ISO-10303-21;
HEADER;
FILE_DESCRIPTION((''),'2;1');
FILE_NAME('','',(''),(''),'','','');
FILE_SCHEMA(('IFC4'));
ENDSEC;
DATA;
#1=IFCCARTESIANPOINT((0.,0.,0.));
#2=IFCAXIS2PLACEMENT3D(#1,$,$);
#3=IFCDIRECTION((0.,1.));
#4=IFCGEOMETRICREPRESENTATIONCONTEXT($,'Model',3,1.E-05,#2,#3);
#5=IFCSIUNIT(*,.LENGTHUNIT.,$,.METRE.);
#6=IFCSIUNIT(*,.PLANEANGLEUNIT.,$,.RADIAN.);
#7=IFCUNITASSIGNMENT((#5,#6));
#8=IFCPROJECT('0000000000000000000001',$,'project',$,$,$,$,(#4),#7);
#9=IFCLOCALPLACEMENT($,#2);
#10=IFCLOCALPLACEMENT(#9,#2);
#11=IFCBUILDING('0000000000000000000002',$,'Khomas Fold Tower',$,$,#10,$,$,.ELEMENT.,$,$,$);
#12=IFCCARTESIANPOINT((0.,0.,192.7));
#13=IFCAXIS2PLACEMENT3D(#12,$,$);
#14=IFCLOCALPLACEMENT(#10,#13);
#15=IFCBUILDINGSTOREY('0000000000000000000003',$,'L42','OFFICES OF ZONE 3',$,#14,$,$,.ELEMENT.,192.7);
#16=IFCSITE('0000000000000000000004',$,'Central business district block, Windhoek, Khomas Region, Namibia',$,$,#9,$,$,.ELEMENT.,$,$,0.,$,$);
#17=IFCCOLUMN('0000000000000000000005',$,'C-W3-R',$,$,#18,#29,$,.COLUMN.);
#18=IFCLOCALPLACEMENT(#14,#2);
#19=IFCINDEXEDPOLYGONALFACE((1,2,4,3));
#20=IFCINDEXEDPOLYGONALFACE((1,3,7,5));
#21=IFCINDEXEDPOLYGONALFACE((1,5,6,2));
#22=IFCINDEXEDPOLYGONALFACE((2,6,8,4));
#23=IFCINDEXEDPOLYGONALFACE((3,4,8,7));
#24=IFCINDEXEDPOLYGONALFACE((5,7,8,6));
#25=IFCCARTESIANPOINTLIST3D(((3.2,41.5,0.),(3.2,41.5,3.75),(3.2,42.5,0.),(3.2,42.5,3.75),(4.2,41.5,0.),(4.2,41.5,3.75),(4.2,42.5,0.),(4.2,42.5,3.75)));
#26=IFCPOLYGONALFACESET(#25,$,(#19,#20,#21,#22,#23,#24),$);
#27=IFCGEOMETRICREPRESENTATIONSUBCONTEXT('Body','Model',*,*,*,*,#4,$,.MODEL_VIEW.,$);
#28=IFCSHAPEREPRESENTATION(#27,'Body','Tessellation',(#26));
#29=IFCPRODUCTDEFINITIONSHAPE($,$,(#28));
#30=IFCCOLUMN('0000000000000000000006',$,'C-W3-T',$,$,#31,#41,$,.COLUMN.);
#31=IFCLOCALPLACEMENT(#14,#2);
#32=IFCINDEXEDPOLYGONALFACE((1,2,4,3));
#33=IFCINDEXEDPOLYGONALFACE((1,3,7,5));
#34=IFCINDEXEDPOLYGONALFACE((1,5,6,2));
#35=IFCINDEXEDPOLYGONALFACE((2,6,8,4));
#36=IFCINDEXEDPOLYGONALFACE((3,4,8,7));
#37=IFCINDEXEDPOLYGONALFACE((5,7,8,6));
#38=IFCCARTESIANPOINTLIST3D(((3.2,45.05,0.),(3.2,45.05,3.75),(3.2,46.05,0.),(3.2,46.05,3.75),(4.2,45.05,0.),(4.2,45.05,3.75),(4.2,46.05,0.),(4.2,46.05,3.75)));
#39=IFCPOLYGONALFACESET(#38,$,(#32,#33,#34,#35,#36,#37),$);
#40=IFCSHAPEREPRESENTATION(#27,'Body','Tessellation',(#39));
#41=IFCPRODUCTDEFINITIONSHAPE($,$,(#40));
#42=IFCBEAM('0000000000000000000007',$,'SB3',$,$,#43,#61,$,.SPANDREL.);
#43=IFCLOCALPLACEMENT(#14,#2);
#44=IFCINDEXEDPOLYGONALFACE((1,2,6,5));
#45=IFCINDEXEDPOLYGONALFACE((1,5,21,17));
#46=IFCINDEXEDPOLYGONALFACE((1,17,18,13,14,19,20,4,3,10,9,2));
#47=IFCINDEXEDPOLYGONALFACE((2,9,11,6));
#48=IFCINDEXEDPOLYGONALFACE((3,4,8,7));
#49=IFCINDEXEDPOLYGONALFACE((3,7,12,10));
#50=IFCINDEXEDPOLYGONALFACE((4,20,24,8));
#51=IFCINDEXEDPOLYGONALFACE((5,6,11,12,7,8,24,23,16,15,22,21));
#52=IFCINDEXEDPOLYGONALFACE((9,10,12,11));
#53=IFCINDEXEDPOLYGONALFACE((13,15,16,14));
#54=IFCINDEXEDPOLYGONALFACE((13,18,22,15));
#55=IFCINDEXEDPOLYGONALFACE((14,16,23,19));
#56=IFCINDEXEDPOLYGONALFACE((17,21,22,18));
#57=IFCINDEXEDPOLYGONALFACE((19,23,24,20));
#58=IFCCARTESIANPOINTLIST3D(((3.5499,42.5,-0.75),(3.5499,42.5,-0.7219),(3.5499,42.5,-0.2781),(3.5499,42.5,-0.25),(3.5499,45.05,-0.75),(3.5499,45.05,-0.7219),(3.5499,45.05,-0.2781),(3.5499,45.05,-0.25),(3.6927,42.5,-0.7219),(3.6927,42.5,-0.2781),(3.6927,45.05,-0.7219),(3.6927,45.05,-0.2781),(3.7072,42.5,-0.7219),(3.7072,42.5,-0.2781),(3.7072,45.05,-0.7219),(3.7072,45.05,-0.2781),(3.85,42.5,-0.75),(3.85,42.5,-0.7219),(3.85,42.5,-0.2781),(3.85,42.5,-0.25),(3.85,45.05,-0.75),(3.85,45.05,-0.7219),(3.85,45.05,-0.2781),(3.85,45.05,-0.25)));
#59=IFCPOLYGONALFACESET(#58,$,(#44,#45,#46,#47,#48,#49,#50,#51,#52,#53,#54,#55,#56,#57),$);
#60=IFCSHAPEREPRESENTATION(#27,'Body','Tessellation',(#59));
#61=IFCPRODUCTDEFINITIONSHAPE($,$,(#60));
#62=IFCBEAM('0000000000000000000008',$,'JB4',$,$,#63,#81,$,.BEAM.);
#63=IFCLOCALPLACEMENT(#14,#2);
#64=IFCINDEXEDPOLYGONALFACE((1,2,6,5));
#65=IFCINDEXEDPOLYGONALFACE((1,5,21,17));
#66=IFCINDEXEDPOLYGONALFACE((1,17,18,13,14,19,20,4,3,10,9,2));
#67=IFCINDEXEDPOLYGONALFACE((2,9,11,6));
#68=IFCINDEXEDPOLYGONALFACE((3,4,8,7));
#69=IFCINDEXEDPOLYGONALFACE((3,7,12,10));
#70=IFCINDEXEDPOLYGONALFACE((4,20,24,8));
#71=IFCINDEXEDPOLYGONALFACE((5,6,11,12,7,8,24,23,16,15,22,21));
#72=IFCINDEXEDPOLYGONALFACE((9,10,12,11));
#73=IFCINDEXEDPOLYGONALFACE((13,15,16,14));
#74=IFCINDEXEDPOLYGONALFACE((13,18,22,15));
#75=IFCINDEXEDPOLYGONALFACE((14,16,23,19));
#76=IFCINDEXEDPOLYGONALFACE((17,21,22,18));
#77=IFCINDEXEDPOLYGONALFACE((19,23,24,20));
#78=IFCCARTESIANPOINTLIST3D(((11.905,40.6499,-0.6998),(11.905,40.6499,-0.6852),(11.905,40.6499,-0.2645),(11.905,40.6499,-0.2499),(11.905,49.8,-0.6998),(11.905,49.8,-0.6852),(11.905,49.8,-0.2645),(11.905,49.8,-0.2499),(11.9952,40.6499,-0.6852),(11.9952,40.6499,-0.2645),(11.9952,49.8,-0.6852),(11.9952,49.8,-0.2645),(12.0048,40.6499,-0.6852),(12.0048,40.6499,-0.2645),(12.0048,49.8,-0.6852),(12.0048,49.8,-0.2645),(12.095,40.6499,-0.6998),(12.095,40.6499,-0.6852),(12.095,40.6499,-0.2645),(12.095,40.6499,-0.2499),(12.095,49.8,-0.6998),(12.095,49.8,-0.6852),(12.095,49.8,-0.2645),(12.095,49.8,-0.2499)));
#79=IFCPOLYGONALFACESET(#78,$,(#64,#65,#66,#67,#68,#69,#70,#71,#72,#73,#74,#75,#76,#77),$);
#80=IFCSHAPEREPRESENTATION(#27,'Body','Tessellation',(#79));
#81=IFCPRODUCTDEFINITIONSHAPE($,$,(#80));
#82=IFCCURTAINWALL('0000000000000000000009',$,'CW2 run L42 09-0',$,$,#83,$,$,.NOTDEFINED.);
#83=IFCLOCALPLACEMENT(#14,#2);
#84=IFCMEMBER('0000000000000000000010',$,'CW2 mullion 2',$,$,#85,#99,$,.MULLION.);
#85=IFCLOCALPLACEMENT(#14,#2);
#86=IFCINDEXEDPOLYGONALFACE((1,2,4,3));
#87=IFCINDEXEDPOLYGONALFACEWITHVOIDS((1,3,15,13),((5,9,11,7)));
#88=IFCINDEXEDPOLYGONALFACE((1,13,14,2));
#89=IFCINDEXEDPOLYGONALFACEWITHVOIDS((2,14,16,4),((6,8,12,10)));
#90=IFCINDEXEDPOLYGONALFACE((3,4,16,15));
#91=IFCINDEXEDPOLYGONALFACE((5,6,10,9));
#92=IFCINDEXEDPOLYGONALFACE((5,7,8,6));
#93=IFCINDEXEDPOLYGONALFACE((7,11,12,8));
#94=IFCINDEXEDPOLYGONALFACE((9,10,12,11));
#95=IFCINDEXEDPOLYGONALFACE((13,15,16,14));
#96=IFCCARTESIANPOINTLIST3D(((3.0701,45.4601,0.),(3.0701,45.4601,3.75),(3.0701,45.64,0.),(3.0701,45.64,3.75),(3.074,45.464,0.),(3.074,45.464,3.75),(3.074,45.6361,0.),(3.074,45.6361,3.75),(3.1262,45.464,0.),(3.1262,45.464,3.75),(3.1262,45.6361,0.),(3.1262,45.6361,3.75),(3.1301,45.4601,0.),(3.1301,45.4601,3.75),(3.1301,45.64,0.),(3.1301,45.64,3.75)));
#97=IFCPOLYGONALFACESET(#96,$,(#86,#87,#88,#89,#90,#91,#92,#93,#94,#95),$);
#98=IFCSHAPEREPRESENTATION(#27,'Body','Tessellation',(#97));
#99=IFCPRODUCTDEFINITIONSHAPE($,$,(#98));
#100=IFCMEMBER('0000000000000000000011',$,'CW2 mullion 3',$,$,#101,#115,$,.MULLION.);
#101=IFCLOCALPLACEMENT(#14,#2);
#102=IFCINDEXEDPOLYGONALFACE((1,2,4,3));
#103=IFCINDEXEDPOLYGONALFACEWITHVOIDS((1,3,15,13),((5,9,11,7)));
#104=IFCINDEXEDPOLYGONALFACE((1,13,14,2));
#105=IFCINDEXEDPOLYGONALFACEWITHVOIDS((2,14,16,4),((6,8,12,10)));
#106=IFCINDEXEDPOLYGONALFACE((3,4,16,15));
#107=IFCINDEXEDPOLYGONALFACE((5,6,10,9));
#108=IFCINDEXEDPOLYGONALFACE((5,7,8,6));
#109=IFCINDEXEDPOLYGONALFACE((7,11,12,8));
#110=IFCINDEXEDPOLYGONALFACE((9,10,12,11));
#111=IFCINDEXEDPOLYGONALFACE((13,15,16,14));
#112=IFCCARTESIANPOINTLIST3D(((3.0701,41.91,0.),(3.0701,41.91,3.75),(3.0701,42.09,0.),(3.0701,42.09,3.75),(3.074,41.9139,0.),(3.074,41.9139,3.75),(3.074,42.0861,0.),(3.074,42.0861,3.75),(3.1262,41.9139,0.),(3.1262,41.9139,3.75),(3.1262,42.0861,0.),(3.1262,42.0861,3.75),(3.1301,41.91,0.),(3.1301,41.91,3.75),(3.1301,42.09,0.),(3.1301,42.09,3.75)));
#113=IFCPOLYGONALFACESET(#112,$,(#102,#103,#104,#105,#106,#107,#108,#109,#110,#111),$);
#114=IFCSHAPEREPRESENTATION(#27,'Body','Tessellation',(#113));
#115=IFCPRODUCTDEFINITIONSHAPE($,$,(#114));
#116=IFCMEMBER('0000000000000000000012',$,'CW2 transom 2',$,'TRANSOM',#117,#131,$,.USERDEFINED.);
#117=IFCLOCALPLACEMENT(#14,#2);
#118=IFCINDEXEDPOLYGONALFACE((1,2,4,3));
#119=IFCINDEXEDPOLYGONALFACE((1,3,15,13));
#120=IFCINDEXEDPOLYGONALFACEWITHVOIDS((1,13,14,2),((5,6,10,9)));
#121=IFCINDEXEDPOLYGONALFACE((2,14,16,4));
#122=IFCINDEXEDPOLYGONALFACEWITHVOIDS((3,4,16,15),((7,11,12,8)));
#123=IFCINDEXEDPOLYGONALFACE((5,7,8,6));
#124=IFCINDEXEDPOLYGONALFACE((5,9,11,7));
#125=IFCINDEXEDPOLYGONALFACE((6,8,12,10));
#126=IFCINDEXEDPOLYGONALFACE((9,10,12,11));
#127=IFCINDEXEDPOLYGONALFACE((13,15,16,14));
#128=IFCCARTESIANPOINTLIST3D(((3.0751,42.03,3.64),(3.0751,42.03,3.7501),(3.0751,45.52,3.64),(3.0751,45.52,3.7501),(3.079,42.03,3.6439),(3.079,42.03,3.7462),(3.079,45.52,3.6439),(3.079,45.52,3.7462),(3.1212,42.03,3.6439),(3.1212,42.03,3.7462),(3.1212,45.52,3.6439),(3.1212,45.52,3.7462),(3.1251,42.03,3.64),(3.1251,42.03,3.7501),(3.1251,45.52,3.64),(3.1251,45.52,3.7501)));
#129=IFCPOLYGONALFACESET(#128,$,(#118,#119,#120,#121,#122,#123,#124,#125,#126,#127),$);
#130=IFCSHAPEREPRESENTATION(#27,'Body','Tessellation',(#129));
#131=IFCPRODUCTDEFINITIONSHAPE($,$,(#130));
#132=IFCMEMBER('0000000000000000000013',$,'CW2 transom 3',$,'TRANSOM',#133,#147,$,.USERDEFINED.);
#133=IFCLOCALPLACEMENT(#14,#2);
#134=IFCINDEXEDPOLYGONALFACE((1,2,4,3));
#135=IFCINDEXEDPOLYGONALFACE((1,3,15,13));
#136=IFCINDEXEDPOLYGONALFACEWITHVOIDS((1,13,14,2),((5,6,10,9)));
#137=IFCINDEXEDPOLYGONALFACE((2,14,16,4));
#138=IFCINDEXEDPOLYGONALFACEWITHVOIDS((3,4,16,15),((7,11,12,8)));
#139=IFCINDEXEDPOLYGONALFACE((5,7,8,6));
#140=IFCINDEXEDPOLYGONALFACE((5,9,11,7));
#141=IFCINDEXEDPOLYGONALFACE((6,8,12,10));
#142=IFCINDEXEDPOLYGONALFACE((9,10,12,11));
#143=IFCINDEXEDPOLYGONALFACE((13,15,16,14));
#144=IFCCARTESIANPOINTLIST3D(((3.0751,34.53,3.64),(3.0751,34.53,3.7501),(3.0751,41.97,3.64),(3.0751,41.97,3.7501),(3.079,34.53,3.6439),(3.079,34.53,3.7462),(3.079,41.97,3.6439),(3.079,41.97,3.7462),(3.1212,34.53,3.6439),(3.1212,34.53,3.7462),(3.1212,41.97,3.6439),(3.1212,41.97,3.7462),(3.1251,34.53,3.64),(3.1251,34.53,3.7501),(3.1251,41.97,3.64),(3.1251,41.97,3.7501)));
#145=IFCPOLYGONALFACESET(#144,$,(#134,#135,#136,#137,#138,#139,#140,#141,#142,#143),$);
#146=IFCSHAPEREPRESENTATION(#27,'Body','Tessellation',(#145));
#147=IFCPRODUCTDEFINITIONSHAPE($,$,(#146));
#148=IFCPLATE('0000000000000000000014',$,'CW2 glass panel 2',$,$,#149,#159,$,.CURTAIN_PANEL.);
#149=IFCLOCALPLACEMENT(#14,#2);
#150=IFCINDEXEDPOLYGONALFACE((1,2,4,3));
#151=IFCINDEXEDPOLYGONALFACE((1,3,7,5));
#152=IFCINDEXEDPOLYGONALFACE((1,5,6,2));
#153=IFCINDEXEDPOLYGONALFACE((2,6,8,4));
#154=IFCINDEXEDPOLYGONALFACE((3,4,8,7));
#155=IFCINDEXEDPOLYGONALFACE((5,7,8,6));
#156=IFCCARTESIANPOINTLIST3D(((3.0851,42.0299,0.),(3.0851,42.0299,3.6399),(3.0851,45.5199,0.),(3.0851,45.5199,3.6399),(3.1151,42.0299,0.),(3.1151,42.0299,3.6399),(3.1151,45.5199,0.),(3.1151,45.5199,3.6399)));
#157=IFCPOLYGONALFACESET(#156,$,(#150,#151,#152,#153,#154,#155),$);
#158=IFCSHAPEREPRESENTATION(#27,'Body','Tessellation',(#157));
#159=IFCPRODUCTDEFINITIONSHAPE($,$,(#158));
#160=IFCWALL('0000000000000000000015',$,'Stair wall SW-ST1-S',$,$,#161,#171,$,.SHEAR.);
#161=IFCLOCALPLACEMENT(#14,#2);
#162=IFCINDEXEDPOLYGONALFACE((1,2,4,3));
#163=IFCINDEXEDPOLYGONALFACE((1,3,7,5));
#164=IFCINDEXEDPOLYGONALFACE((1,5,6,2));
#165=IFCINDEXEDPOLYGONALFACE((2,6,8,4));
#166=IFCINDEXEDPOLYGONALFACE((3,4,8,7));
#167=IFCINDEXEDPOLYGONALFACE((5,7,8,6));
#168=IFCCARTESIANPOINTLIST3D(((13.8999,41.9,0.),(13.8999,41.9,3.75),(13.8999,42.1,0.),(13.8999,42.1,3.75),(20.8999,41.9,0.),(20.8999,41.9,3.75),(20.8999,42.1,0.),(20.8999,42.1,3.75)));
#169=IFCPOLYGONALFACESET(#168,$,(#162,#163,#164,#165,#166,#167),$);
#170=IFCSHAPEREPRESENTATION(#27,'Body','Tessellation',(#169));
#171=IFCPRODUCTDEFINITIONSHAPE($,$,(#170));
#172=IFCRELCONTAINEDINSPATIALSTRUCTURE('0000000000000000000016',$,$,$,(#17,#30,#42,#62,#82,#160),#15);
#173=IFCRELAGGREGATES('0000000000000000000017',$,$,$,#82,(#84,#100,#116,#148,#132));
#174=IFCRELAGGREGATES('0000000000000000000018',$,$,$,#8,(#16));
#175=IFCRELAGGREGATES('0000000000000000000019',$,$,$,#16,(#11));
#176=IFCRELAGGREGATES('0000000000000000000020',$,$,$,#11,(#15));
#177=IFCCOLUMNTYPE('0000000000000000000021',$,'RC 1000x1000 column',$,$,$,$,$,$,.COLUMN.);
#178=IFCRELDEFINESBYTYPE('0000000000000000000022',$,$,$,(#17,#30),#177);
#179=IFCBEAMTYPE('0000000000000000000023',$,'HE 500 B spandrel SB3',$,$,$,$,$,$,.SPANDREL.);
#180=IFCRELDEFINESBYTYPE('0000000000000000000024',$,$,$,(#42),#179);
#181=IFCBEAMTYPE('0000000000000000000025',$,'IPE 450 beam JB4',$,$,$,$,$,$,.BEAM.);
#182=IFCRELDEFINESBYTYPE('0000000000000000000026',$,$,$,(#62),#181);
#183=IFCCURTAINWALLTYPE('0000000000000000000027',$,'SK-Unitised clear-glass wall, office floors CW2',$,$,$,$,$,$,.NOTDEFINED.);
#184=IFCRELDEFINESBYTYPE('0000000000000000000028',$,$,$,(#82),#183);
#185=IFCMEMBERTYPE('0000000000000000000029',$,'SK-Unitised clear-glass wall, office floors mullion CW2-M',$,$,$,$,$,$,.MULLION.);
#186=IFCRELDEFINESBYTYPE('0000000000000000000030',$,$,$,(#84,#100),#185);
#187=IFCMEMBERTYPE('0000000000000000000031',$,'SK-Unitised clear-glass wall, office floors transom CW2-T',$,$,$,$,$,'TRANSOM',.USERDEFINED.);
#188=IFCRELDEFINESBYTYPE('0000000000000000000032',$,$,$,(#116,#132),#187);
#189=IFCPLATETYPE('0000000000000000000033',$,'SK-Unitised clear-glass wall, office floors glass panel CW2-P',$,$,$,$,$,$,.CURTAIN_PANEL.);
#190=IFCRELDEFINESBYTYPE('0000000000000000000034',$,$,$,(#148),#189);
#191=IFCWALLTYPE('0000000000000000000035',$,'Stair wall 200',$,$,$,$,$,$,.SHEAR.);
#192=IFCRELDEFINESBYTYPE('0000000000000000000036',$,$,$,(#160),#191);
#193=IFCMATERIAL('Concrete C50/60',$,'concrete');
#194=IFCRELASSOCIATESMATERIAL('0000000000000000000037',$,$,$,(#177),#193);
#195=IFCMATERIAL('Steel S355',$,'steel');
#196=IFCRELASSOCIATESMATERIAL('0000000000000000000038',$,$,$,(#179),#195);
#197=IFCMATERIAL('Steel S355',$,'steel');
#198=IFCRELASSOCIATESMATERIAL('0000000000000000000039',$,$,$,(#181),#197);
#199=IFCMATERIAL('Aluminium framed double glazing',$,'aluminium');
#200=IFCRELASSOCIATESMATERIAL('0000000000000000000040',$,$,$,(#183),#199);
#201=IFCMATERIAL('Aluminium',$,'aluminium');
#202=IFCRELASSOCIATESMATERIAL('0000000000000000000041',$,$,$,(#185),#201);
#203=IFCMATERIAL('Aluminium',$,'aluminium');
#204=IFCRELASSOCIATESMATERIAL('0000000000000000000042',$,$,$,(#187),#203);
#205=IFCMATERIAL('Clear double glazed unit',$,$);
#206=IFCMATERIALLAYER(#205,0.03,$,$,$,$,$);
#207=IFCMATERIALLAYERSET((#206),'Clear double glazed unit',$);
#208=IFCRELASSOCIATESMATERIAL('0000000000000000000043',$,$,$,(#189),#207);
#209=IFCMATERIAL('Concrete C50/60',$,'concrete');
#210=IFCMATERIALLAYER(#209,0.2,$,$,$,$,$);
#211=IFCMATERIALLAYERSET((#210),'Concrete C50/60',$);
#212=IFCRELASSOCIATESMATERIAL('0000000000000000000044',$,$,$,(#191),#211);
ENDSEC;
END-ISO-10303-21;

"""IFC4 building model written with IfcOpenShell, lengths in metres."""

from ifc_helpers import new_model, si_unit, direction, frame, frame_2d, origin, origin_2d, place, context, subcontext, project, spatial, rectangle, hollow_rectangle, i_section, extrude, source, transform, mapped, material, layer, layer_set, material_profile, profile_set, type_object, element, aggregate, save


model = new_model("IFC4")

# Units and contexts
model_context = context("Model", 3, precision=1e-05, world=origin(), true_north=direction((0.0, 1.0)))
body_context = subcontext(model_context, "Body", "Model", "MODEL_VIEW")
ifc_project = project(units=[si_unit("LENGTHUNIT", "METRE"), si_unit("PLANEANGLEUNIT", "RADIAN")], contexts=[model_context])

# Site, building, storey
site_placement = place(None, origin())
site = spatial("IfcSite", under=ifc_project, at=site_placement, Name="Central business district block, Windhoek, Khomas Region, Namibia", CompositionType="ELEMENT", RefElevation=0.0)
building_placement = place(site_placement, origin())
building = spatial("IfcBuilding", under=site, at=building_placement, Name="Khomas Fold Tower", CompositionType="ELEMENT")
storey_placement = place(building_placement, frame((0.0, 0.0, 192.7)))
storey = spatial("IfcBuildingStorey", under=building, at=storey_placement, Name="L42", Description="OFFICES OF ZONE 3", CompositionType="ELEMENT", Elevation=192.7)

# Columns
ifc_material_1 = material(Name="Concrete C50/60", Category="concrete")
ifc_material_profile_1 = material_profile(ifc_material_1, rectangle(XDim=1.0, YDim=1.0, at=origin_2d()), Name="RC 1000x1000")
ifc_profile_set_1 = profile_set([ifc_material_profile_1], Name="Concrete C50/60")
column_type = type_object("IfcColumnType", Name="RC 1000x1000 column", PredefinedType="COLUMN", material=ifc_profile_set_1)
shared_shape_1 = source(origin(), body_context, "Body", "SweptSolid", [
    extrude(rectangle(XDim=1.0, YDim=1.0, at=origin_2d()), origin(), (0.0, 0.0, 1.0), 3.75),
])
for number, where, z_axis, x_axis, name in (
    (1, (3.7, 42.0, 0.0), (0.0, 0.0, 1.0), (1.0, 0.0, 0.0), "C-W3-R"),
    (2, (3.7, 45.55, 0.0), (0.0, 0.0, 1.0), (1.0, 0.0, 0.0), "C-W3-T"),
):
    element("IfcColumn", number, at=place(storey_placement, frame(where, z_axis=z_axis, x_axis=x_axis)), inside=storey, type_object=column_type, Name=name, PredefinedType="COLUMN", context=body_context, shape_type="MappedRepresentation", body=[
        mapped(shared_shape_1, transform((0.0, 0.0, 0.0))),
    ])

# Beams
ifc_material_2 = material(Name="Steel S355", Category="steel")
ifc_material_profile_2 = material_profile(ifc_material_2, i_section(OverallWidth=0.3, OverallDepth=0.5, WebThickness=0.0144, FlangeThickness=0.0281, at=origin_2d()), Name="HE 500 B")
ifc_profile_set_2 = profile_set([ifc_material_profile_2], Name="Steel S355")
beam_type_1 = type_object("IfcBeamType", Name="HE 500 B spandrel SB3", PredefinedType="SPANDREL", material=ifc_profile_set_2)
shared_shape_2 = source(origin(), body_context, "Body", "SweptSolid", [
    extrude(i_section(OverallWidth=0.3, OverallDepth=0.5, WebThickness=0.0144, FlangeThickness=0.0281, at=origin_2d()), origin(), (0.0, 0.0, 1.0), 2.55),
])
beam_1_placement = place(storey_placement, frame((3.7, 42.5, -0.5), z_axis=(0.0, 1.0, 0.0), x_axis=(-1.0, 0.0, 0.0)))
element("IfcBeam", 3, at=beam_1_placement, inside=storey, type_object=beam_type_1, Name="SB3", PredefinedType="SPANDREL", context=body_context, shape_type="MappedRepresentation", body=[
    mapped(shared_shape_2, transform((0.0, 0.0, 0.0))),
])
ifc_material_3 = material(Name="Steel S355", Category="steel")
ifc_material_profile_3 = material_profile(ifc_material_3, i_section(OverallWidth=0.1899, OverallDepth=0.45, WebThickness=0.0095, FlangeThickness=0.0146, at=origin_2d()), Name="IPE 450")
ifc_profile_set_3 = profile_set([ifc_material_profile_3], Name="Steel S355")
beam_type_2 = type_object("IfcBeamType", Name="IPE 450 beam JB4", PredefinedType="BEAM", material=ifc_profile_set_3)
shared_shape_3 = source(origin(), body_context, "Body", "SweptSolid", [
    extrude(i_section(OverallWidth=0.1899, OverallDepth=0.45, WebThickness=0.0095, FlangeThickness=0.0146, at=origin_2d()), origin(), (0.0, 0.0, 1.0), 9.1501),
])
beam_2_placement = place(storey_placement, frame((12.0, 40.6499, -0.4749), z_axis=(0.0, 1.0, 0.0), x_axis=(-1.0, 0.0, 0.0)))
element("IfcBeam", 4, at=beam_2_placement, inside=storey, type_object=beam_type_2, Name="JB4", PredefinedType="BEAM", context=body_context, shape_type="MappedRepresentation", body=[
    mapped(shared_shape_3, transform((0.0, 0.0, 0.0))),
])

# Curtain wall, members, plate
ifc_material_4 = material(Name="Aluminium framed double glazing", Category="aluminium")
curtain_wall_type = type_object("IfcCurtainWallType", Name="SK-Unitised clear-glass wall, office floors CW2", PredefinedType="NOTDEFINED", material=ifc_material_4)
curtain_wall_placement = place(storey_placement, origin())
curtain_wall = element("IfcCurtainWall", 5, at=curtain_wall_placement, inside=storey, type_object=curtain_wall_type, Name="CW2 run L42 09-0", PredefinedType="NOTDEFINED")
ifc_material_5 = material(Name="Aluminium", Category="aluminium")
ifc_material_profile_4 = material_profile(ifc_material_5, hollow_rectangle(XDim=0.0601, YDim=0.1799, WallThickness=0.0039, at=origin_2d()), Name="SK-Unitised clear-glass wall, office floors mullion CW2-M")
ifc_profile_set_4 = profile_set([ifc_material_profile_4], Name="Aluminium")
member_type_1 = type_object("IfcMemberType", Name="SK-Unitised clear-glass wall, office floors mullion CW2-M", PredefinedType="MULLION", material=ifc_profile_set_4)
shared_shape_4 = source(origin(), body_context, "Body", "SweptSolid", [
    extrude(hollow_rectangle(XDim=0.0601, YDim=0.1799, WallThickness=0.0039, at=origin_2d()), origin(), (0.0, 0.0, 1.0), 3.75),
])
member_1_placement = place(storey_placement, frame((3.1001, 45.55, 0.0), z_axis=(0.0, 0.0, 1.0), x_axis=(1.0, 0.0, 0.0)))
member_1 = element("IfcMember", 6, at=member_1_placement, type_object=member_type_1, Name="CW2 mullion 2", PredefinedType="MULLION", context=body_context, shape_type="MappedRepresentation", body=[
    mapped(shared_shape_4, transform((0.0, 0.0, 0.0))),
])
member_2_placement = place(storey_placement, frame((3.1001, 42.0, 0.0), z_axis=(0.0, 0.0, 1.0), x_axis=(1.0, 0.0, 0.0)))
member_2 = element("IfcMember", 7, at=member_2_placement, type_object=member_type_1, Name="CW2 mullion 3", PredefinedType="MULLION", context=body_context, shape_type="MappedRepresentation", body=[
    mapped(shared_shape_4, transform((0.0, 0.0, 0.0))),
])
ifc_material_6 = material(Name="Aluminium", Category="aluminium")
ifc_material_profile_5 = material_profile(ifc_material_6, hollow_rectangle(XDim=0.05, YDim=0.1101, WallThickness=0.0039, at=origin_2d()), Name="SK-Unitised clear-glass wall, office floors transom CW2-T")
ifc_profile_set_5 = profile_set([ifc_material_profile_5], Name="Aluminium")
member_type_2 = type_object("IfcMemberType", Name="SK-Unitised clear-glass wall, office floors transom CW2-T", ElementType="TRANSOM", PredefinedType="USERDEFINED", material=ifc_profile_set_5)
shared_shape_5 = source(origin(), body_context, "Body", "SweptSolid", [
    extrude(hollow_rectangle(XDim=0.05, YDim=0.1101, WallThickness=0.0039, at=origin_2d()), origin(), (0.0, 0.0, 1.0), 3.49),
])
member_3_placement = place(storey_placement, frame((3.1001, 45.52, 3.6951), z_axis=(0.0, -1.0, 0.0), x_axis=(1.0, 0.0, 0.0)))
member_3 = element("IfcMember", 8, at=member_3_placement, type_object=member_type_2, Name="CW2 transom 2", ObjectType="TRANSOM", PredefinedType="USERDEFINED", context=body_context, shape_type="MappedRepresentation", body=[
    mapped(shared_shape_5, transform((0.0, 0.0, 0.0))),
])
shared_shape_6 = source(origin(), body_context, "Body", "SweptSolid", [
    extrude(hollow_rectangle(XDim=0.05, YDim=0.1101, WallThickness=0.0039, at=origin_2d()), origin(), (0.0, 0.0, 1.0), 7.4399),
])
member_4_placement = place(storey_placement, frame((3.1001, 41.97, 3.6951), z_axis=(0.0, -1.0, 0.0), x_axis=(1.0, 0.0, 0.0)))
member_4 = element("IfcMember", 9, at=member_4_placement, type_object=member_type_2, Name="CW2 transom 3", ObjectType="TRANSOM", PredefinedType="USERDEFINED", context=body_context, shape_type="MappedRepresentation", body=[
    mapped(shared_shape_6, transform((0.0, 0.0, 0.0))),
])
ifc_material_7 = material(Name="Clear double glazed unit")
ifc_layer_1 = layer(ifc_material_7, 0.03)
ifc_layer_set_1 = layer_set([ifc_layer_1], Name="Clear double glazed unit")
plate_type = type_object("IfcPlateType", Name="SK-Unitised clear-glass wall, office floors glass panel CW2-P", PredefinedType="CURTAIN_PANEL", material=ifc_layer_set_1)
shared_shape_7 = source(origin(), body_context, "Body", "SweptSolid", [
    extrude(rectangle(XDim=3.49, YDim=0.03, at=origin_2d()), origin(), (0.0, 0.0, 1.0), 3.6399),
])
plate_placement = place(storey_placement, frame((3.1001, 43.7749, 0.0), z_axis=(0.0, 0.0, 1.0), x_axis=(0.0, -1.0, 0.0)))
plate = element("IfcPlate", 10, at=plate_placement, type_object=plate_type, Name="CW2 glass panel 2", PredefinedType="CURTAIN_PANEL", context=body_context, shape_type="MappedRepresentation", body=[
    mapped(shared_shape_7, transform((0.0, 0.0, 0.0))),
])
aggregate(curtain_wall, [member_1, member_2, member_3, plate, member_4])

# Wall
ifc_material_8 = material(Name="Concrete C50/60", Category="concrete")
ifc_layer_2 = layer(ifc_material_8, 0.2)
ifc_layer_set_2 = layer_set([ifc_layer_2], Name="Concrete C50/60")
wall_type_1 = type_object("IfcWallType", Name="Stair wall 200", PredefinedType="SHEAR", material=ifc_layer_set_2)
shared_shape_8 = source(origin(), body_context, "Body", "SweptSolid", [
    extrude(rectangle(XDim=7.0, YDim=0.2, at=frame_2d((3.5, 0.0))), origin(), (0.0, 0.0, 1.0), 3.75),
])
wall_1_placement = place(storey_placement, frame((13.8999, 42.0, 0.0), z_axis=(0.0, 0.0, 1.0), x_axis=(1.0, 0.0, 0.0)))
element("IfcWall", 11, at=wall_1_placement, inside=storey, type_object=wall_type_1, Name="Stair wall SW-ST1-S", PredefinedType="SHEAR", context=body_context, shape_type="MappedRepresentation", body=[
    mapped(shared_shape_8, transform((0.0, 0.0, 0.0))),
])

save(model, "model.ifc")
